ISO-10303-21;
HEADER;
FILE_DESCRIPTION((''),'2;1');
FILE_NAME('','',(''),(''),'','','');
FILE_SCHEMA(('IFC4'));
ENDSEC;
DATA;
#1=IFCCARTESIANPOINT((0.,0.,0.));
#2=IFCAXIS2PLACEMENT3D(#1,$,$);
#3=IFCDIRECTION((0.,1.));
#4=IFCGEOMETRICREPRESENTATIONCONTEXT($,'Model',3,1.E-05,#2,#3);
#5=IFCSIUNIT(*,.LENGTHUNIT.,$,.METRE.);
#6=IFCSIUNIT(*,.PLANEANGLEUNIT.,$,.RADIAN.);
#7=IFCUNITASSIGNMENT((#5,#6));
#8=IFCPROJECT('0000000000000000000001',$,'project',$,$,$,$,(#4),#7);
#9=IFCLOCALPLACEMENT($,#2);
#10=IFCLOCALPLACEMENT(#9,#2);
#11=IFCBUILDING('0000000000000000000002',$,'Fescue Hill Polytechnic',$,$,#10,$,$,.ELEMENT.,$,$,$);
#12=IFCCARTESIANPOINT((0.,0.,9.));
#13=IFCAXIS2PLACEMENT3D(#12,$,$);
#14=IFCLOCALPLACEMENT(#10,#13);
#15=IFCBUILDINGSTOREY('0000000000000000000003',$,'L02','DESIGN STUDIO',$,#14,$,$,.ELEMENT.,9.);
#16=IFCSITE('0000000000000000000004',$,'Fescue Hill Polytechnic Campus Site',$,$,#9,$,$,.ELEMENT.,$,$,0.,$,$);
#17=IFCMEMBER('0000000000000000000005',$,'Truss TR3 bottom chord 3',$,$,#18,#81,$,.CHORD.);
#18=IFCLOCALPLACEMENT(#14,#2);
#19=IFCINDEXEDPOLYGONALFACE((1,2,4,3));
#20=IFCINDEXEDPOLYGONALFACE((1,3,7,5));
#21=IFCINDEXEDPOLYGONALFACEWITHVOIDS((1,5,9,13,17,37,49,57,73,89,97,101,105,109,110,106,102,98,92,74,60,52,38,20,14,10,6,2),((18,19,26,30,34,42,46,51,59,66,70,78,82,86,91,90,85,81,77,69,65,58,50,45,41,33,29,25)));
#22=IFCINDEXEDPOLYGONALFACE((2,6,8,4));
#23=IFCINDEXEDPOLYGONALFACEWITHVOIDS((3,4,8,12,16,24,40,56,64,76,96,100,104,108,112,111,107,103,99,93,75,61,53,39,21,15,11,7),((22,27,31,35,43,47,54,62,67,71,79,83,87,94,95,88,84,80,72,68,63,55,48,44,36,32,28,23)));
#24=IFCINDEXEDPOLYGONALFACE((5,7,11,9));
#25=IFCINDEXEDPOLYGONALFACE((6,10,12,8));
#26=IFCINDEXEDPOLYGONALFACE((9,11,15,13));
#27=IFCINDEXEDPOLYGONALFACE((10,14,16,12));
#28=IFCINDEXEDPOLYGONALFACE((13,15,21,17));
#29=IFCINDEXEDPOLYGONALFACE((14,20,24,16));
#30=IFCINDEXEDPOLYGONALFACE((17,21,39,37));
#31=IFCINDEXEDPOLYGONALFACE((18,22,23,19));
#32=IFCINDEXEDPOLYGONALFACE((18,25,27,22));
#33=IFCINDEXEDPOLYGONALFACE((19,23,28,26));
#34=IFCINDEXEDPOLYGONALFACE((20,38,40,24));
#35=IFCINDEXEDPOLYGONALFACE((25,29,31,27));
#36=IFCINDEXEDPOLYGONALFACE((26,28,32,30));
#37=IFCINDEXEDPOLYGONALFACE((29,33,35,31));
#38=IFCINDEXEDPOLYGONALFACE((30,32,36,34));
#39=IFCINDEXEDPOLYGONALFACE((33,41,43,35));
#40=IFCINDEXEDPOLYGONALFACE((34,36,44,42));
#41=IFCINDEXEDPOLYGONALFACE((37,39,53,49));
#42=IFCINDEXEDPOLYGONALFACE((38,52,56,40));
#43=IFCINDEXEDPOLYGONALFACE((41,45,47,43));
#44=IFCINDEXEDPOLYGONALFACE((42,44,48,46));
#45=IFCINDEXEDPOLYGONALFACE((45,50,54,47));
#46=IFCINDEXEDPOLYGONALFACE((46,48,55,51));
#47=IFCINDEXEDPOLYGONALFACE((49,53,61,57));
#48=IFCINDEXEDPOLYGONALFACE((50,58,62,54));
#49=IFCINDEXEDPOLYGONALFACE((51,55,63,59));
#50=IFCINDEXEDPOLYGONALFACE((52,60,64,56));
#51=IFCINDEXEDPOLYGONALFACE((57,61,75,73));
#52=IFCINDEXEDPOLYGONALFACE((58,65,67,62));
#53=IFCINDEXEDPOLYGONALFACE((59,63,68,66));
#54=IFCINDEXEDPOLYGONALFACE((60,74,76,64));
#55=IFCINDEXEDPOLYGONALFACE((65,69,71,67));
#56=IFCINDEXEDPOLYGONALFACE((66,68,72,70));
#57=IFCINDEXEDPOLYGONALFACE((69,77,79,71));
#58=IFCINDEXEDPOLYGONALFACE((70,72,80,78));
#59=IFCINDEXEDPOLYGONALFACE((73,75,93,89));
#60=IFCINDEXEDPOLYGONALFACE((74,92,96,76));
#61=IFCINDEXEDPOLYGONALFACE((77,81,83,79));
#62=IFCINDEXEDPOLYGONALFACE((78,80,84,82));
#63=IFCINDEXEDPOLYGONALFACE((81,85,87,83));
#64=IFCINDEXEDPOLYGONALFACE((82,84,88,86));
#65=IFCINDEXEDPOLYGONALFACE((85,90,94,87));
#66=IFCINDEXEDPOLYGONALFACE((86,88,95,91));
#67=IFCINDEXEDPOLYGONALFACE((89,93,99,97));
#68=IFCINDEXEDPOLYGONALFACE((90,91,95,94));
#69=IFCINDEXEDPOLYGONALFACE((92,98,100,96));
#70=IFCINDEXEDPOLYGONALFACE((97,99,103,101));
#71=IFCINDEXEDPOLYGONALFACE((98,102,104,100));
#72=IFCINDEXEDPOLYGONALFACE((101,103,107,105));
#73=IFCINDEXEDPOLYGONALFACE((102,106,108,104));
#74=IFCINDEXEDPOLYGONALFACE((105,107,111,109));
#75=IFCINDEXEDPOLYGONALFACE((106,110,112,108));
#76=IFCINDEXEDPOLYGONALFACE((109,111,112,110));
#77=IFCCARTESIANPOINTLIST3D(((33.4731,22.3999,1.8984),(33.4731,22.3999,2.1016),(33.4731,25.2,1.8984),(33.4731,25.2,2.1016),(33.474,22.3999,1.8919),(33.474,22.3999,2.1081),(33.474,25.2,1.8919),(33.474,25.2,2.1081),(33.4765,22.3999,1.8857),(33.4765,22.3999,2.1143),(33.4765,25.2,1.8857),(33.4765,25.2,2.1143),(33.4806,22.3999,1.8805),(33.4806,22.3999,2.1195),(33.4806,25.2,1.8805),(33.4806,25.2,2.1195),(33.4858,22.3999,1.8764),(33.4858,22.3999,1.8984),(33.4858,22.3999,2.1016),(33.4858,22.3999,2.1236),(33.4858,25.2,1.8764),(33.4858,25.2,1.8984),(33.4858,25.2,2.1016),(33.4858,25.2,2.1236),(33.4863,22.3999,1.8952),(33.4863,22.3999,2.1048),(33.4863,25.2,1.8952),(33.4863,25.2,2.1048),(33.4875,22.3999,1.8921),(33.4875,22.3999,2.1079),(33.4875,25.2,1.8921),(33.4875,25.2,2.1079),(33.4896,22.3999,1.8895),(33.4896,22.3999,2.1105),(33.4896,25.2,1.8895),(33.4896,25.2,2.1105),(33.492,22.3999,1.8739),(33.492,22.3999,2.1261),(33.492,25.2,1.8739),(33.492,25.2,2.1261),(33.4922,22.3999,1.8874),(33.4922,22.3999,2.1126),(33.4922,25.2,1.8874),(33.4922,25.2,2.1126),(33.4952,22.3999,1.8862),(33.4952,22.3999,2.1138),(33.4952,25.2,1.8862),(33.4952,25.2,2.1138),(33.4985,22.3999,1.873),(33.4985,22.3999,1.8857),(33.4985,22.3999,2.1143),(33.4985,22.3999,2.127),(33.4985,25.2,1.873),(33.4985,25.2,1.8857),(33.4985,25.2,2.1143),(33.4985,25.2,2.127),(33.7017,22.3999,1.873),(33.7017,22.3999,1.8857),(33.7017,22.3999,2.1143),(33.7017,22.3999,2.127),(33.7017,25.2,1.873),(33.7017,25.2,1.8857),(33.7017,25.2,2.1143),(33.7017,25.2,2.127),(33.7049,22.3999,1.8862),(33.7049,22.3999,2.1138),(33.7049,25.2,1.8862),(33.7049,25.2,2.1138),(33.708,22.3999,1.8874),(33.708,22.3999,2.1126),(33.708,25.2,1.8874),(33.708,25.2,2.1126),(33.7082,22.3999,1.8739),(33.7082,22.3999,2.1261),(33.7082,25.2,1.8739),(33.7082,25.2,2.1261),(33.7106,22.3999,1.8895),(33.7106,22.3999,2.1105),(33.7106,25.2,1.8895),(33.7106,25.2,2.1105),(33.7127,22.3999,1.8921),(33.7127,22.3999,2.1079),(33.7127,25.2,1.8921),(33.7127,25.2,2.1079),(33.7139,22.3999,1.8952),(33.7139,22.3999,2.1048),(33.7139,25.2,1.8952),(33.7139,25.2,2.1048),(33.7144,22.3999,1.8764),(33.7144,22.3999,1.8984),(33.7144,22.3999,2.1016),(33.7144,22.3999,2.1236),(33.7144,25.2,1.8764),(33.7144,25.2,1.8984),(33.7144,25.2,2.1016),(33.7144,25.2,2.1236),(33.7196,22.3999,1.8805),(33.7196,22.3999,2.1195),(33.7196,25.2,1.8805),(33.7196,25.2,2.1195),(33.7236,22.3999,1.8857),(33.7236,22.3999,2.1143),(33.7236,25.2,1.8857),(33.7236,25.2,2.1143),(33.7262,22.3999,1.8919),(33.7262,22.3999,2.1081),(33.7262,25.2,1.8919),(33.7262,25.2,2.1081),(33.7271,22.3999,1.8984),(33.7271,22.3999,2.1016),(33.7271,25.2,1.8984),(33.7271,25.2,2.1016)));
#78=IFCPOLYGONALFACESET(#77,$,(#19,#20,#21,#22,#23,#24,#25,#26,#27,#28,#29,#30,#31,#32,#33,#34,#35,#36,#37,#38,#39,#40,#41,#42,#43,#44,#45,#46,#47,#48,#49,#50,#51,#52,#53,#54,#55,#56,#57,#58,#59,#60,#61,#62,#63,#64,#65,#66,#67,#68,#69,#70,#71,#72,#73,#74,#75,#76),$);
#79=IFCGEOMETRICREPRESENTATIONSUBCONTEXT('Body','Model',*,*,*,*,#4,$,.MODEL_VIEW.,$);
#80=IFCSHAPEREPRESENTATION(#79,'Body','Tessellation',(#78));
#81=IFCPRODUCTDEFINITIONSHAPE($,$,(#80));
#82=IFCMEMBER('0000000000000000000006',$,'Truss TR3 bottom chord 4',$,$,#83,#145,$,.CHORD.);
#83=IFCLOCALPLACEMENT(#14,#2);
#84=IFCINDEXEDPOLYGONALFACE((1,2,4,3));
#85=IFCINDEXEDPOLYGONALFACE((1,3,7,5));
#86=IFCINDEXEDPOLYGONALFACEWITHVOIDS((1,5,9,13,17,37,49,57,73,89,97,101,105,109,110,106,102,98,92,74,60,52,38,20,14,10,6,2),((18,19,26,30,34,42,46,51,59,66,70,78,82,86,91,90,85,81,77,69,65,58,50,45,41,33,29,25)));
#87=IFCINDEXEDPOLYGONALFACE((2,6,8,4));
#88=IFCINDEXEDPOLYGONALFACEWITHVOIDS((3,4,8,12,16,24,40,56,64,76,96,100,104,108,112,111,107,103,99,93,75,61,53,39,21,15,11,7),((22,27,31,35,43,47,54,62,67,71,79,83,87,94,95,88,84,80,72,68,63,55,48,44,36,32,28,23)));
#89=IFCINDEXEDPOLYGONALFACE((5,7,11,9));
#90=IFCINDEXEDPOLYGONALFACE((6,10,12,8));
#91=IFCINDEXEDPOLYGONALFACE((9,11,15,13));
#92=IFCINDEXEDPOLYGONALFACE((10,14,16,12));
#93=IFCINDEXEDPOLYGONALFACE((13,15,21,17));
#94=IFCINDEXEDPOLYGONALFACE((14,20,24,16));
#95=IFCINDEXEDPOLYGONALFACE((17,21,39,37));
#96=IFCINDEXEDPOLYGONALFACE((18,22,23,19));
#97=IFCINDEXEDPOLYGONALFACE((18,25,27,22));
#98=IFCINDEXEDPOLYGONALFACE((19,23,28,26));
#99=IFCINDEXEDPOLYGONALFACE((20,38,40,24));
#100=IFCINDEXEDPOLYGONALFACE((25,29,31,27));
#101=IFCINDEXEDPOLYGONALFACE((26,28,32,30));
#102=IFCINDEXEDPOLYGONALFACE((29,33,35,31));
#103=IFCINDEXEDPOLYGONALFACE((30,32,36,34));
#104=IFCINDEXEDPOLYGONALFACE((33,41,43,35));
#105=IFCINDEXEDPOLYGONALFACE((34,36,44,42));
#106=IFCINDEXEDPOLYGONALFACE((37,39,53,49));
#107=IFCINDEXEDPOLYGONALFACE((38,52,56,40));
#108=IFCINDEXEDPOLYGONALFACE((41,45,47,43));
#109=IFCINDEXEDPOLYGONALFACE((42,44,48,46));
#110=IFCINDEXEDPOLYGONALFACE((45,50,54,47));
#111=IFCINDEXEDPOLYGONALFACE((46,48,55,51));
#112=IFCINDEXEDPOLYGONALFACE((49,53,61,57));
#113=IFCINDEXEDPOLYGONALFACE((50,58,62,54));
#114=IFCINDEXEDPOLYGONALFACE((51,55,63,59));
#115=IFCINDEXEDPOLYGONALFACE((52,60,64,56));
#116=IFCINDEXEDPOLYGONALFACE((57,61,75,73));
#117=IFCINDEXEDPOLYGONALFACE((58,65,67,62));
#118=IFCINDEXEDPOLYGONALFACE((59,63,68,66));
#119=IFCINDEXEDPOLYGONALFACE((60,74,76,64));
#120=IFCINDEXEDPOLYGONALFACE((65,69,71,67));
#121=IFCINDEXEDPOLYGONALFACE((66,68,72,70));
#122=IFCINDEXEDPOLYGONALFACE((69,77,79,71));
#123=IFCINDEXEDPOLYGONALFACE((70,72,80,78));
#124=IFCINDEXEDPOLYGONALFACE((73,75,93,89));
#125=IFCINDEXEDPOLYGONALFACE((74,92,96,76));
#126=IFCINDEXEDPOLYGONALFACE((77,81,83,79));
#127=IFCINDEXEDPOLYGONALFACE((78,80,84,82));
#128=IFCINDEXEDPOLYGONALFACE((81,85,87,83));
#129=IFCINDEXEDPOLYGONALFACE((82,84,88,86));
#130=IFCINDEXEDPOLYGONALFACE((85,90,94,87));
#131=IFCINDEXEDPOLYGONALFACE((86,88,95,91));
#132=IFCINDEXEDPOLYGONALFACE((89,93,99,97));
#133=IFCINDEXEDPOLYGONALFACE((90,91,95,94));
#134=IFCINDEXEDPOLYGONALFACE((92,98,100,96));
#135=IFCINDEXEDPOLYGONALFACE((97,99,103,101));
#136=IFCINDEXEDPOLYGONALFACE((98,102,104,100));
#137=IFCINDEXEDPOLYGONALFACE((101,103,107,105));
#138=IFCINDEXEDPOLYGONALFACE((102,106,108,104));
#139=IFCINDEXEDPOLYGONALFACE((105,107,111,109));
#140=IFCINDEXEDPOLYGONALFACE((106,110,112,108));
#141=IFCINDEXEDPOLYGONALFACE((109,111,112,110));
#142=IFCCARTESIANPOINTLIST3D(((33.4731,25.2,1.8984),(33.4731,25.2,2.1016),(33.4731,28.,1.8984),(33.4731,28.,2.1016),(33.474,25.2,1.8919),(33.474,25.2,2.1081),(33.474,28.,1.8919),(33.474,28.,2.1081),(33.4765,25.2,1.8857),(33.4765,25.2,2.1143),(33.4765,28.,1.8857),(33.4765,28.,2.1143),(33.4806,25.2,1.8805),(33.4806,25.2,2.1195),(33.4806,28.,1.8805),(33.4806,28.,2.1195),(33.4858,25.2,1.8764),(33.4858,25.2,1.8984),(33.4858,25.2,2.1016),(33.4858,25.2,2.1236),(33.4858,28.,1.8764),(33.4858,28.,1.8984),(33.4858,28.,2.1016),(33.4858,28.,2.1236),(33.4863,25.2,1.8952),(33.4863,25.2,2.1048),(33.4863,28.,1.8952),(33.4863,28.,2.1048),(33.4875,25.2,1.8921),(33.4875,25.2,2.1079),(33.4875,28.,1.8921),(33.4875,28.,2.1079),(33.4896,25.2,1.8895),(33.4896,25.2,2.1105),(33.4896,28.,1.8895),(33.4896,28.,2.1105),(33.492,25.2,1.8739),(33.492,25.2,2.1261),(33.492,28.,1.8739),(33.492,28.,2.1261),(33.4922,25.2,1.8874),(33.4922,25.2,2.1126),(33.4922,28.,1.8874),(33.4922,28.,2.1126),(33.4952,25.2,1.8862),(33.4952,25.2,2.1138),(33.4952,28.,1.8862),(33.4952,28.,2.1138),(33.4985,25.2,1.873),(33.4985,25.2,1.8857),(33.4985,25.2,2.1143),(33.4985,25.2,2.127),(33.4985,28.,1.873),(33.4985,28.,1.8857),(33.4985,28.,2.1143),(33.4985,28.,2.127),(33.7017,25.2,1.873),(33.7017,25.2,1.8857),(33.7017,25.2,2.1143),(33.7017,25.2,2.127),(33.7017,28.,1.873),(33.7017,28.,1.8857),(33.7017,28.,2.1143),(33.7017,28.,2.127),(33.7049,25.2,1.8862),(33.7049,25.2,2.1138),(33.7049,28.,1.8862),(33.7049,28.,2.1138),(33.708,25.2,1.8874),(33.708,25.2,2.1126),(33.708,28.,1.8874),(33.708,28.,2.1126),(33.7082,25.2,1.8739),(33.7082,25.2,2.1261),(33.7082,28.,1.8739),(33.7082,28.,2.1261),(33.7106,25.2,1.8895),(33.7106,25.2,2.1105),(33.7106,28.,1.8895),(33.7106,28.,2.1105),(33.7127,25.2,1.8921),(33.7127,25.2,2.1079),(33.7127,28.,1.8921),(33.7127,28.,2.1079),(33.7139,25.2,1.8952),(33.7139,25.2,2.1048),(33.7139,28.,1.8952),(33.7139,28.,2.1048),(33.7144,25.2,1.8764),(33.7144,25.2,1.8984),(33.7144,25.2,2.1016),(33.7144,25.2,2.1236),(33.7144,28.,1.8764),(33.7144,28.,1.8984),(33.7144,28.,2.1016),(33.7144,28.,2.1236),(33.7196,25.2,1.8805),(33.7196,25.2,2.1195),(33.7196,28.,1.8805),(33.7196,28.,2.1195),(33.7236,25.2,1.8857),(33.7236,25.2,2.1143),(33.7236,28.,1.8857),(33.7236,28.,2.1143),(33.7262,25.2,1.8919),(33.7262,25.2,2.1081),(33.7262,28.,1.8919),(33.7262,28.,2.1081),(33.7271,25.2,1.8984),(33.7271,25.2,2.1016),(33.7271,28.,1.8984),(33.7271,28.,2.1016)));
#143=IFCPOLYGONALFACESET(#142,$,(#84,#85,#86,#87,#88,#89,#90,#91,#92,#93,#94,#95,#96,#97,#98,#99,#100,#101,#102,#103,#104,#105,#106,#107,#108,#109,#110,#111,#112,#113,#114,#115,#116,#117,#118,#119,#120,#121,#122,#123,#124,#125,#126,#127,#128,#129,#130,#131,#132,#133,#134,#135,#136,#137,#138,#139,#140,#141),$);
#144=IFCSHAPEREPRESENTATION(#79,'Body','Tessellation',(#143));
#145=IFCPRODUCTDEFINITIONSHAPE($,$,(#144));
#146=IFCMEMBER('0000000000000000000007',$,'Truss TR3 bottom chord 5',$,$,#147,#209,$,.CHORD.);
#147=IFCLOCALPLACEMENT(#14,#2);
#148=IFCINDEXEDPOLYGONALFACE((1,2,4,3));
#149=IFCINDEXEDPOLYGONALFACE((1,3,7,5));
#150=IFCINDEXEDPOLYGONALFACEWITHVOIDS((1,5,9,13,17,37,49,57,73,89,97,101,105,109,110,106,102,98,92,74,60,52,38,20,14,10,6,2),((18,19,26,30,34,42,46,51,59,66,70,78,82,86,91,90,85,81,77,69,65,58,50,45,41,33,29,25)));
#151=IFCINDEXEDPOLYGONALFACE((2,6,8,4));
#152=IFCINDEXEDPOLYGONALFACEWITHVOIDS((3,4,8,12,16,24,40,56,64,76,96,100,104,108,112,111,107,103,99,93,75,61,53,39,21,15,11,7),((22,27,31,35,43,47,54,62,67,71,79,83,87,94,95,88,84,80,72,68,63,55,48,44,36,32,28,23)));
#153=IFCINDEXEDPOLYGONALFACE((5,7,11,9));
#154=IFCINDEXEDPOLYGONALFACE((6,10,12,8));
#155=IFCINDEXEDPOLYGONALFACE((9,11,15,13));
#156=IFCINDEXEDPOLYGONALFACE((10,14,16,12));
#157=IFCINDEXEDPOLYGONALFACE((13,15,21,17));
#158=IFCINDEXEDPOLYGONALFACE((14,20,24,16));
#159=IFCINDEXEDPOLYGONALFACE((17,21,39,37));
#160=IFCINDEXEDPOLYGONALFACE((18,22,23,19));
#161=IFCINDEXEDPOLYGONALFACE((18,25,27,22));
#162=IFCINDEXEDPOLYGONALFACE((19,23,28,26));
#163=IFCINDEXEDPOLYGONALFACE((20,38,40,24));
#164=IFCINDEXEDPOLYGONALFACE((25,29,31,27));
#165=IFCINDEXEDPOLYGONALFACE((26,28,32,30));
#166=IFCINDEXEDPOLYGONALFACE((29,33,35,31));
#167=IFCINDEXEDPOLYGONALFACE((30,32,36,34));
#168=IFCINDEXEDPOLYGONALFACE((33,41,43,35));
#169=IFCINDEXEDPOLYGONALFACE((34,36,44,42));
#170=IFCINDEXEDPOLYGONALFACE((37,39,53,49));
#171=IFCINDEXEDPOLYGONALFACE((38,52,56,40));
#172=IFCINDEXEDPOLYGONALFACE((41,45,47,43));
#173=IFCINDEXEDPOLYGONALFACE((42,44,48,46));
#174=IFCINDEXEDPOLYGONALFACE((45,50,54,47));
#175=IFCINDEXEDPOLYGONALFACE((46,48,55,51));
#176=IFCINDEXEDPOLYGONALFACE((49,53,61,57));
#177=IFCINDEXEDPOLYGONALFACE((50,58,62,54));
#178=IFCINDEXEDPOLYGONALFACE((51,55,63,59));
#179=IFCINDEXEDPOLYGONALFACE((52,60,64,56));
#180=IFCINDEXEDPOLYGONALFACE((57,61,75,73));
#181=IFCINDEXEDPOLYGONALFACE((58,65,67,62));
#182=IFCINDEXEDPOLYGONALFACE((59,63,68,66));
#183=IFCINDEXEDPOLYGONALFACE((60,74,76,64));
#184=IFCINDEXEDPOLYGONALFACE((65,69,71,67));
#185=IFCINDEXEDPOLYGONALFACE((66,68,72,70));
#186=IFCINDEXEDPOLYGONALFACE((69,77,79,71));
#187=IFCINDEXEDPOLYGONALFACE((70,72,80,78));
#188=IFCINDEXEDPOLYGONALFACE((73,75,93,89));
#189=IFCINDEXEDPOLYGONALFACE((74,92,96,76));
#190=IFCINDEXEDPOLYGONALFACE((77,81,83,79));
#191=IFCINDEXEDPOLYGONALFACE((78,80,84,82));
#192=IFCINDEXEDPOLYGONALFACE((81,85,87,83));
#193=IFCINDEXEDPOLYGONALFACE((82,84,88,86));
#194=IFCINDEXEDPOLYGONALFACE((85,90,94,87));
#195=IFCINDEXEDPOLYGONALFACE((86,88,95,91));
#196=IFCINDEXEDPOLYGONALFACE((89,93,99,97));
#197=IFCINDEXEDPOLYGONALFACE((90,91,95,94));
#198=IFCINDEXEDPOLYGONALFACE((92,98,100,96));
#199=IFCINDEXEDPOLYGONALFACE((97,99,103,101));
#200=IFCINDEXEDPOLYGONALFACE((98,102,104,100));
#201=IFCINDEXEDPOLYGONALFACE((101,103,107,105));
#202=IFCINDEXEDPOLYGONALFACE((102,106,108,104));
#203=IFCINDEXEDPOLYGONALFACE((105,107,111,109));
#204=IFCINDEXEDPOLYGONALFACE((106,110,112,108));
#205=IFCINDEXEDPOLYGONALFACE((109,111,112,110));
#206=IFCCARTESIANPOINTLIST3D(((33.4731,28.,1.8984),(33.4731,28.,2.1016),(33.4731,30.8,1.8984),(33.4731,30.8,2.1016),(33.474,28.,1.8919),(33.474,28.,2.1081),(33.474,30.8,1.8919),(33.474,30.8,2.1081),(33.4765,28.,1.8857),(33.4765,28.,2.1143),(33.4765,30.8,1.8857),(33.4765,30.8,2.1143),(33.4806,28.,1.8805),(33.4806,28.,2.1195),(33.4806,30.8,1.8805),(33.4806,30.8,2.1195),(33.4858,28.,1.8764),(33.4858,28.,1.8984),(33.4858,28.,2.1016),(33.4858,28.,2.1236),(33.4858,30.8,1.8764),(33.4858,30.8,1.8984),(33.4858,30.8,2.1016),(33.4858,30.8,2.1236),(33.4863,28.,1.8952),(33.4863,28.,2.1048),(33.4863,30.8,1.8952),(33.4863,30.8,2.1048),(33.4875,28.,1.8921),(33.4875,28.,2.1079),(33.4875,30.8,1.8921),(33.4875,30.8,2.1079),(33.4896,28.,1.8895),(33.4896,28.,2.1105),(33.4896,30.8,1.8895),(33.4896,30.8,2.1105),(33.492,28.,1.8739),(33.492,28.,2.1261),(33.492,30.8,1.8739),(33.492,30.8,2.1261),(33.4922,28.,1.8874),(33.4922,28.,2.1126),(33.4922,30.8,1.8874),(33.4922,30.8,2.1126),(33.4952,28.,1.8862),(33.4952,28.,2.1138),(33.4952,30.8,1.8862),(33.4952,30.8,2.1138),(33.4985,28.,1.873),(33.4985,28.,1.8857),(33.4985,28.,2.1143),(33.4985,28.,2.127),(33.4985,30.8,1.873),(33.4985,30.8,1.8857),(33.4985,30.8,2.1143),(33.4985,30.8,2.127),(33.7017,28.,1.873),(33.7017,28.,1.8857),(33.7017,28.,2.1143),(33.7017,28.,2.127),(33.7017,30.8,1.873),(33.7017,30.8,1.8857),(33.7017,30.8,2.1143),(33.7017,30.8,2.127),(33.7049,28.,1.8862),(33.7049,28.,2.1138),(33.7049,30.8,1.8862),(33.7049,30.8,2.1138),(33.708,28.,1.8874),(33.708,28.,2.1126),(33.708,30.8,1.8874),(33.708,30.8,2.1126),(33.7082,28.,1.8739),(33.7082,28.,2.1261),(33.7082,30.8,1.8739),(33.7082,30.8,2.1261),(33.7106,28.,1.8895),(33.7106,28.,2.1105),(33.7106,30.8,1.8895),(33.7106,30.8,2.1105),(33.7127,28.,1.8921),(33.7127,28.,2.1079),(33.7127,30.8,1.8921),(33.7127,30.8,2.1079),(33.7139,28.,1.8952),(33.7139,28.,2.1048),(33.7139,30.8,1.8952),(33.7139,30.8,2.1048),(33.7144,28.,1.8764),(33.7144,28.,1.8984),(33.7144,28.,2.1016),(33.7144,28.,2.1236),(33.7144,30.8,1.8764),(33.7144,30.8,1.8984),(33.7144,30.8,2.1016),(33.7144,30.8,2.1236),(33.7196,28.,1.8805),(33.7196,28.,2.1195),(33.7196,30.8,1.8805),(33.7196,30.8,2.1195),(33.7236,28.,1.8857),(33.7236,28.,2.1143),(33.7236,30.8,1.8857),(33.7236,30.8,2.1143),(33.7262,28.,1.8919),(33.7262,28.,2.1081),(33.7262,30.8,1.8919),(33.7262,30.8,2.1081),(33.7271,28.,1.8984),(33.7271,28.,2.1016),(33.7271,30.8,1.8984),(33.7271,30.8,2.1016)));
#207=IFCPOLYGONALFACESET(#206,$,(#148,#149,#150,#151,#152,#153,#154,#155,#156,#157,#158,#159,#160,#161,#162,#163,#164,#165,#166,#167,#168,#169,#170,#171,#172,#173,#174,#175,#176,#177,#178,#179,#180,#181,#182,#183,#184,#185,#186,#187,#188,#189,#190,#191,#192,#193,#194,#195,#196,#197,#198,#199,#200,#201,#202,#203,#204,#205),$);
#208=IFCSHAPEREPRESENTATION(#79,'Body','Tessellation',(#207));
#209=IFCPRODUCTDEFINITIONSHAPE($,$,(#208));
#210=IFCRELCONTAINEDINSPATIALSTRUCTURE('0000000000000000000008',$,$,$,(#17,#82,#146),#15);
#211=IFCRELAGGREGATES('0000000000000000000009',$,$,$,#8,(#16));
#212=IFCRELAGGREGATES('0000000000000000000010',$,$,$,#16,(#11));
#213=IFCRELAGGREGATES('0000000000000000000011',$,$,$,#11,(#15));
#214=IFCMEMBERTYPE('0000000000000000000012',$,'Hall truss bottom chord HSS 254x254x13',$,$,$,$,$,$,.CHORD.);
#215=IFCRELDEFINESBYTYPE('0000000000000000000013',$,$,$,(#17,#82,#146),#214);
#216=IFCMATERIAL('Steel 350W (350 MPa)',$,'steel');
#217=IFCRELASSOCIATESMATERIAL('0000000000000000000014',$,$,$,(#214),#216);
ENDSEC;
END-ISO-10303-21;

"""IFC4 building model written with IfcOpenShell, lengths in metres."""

from ifc_helpers import new_model, si_unit, direction, frame, origin, origin_2d, place, context, subcontext, project, spatial, hollow_rectangle, extrude, material, material_profile, profile_set, type_object, element, save


model = new_model("IFC4")

# Units and contexts
model_context = context("Model", 3, precision=1e-05, world=origin(), true_north=direction((0.0, 1.0)))
body_context = subcontext(model_context, "Body", "Model", "MODEL_VIEW")
ifc_project = project(units=[si_unit("LENGTHUNIT", "METRE"), si_unit("PLANEANGLEUNIT", "RADIAN")], contexts=[model_context])

# Site, building, storey
site_placement = place(None, origin())
site = spatial("IfcSite", under=ifc_project, at=site_placement, Name="Fescue Hill Polytechnic Campus Site", CompositionType="ELEMENT", RefElevation=0.0)
building_placement = place(site_placement, origin())
building = spatial("IfcBuilding", under=site, at=building_placement, Name="Fescue Hill Polytechnic", CompositionType="ELEMENT")
storey_placement = place(building_placement, frame((0.0, 0.0, 9.0)))
storey = spatial("IfcBuildingStorey", under=building, at=storey_placement, Name="L02", Description="DESIGN STUDIO", CompositionType="ELEMENT", Elevation=9.0)

# Members
ifc_material = material(Name="Steel 350W (350 MPa)", Category="steel")
ifc_material_profile_1 = material_profile(ifc_material, hollow_rectangle(XDim=0.2539, YDim=0.2539, WallThickness=0.0127, InnerFilletRadius=0.0127, OuterFilletRadius=0.0254, at=origin_2d()), Name="Hall truss bottom chord HSS 254x254x13")
ifc_profile_set_1 = profile_set([ifc_material_profile_1], Name="Steel 350W (350 MPa)")
member_type_1 = type_object("IfcMemberType", Name="Hall truss bottom chord HSS 254x254x13", PredefinedType="CHORD", material=ifc_profile_set_1)
for number, where, z_axis, x_axis, name in (
    (1, (33.6001, 22.3999, 2.0), (0.0, 1.0, 0.0), (-1.0, 0.0, 0.0), "Truss TR3 bottom chord 3"),
    (2, (33.6001, 25.2, 2.0), (0.0, 1.0, 0.0), (-1.0, 0.0, 0.0), "Truss TR3 bottom chord 4"),
    (3, (33.6001, 28.0, 2.0), (0.0, 1.0, 0.0), (-1.0, 0.0, 0.0), "Truss TR3 bottom chord 5"),
):
    element("IfcMember", number, at=place(storey_placement, frame(where, z_axis=z_axis, x_axis=x_axis)), inside=storey, type_object=member_type_1, Name=name, PredefinedType="CHORD", context=body_context, shape_type="SweptSolid", body=[
        extrude(hollow_rectangle(XDim=0.2539, YDim=0.2539, WallThickness=0.0127, InnerFilletRadius=0.0127, OuterFilletRadius=0.0254, at=origin_2d()), origin(), (0.0, 0.0, 1.0), 2.8),
    ])

save(model, "model.ifc")
